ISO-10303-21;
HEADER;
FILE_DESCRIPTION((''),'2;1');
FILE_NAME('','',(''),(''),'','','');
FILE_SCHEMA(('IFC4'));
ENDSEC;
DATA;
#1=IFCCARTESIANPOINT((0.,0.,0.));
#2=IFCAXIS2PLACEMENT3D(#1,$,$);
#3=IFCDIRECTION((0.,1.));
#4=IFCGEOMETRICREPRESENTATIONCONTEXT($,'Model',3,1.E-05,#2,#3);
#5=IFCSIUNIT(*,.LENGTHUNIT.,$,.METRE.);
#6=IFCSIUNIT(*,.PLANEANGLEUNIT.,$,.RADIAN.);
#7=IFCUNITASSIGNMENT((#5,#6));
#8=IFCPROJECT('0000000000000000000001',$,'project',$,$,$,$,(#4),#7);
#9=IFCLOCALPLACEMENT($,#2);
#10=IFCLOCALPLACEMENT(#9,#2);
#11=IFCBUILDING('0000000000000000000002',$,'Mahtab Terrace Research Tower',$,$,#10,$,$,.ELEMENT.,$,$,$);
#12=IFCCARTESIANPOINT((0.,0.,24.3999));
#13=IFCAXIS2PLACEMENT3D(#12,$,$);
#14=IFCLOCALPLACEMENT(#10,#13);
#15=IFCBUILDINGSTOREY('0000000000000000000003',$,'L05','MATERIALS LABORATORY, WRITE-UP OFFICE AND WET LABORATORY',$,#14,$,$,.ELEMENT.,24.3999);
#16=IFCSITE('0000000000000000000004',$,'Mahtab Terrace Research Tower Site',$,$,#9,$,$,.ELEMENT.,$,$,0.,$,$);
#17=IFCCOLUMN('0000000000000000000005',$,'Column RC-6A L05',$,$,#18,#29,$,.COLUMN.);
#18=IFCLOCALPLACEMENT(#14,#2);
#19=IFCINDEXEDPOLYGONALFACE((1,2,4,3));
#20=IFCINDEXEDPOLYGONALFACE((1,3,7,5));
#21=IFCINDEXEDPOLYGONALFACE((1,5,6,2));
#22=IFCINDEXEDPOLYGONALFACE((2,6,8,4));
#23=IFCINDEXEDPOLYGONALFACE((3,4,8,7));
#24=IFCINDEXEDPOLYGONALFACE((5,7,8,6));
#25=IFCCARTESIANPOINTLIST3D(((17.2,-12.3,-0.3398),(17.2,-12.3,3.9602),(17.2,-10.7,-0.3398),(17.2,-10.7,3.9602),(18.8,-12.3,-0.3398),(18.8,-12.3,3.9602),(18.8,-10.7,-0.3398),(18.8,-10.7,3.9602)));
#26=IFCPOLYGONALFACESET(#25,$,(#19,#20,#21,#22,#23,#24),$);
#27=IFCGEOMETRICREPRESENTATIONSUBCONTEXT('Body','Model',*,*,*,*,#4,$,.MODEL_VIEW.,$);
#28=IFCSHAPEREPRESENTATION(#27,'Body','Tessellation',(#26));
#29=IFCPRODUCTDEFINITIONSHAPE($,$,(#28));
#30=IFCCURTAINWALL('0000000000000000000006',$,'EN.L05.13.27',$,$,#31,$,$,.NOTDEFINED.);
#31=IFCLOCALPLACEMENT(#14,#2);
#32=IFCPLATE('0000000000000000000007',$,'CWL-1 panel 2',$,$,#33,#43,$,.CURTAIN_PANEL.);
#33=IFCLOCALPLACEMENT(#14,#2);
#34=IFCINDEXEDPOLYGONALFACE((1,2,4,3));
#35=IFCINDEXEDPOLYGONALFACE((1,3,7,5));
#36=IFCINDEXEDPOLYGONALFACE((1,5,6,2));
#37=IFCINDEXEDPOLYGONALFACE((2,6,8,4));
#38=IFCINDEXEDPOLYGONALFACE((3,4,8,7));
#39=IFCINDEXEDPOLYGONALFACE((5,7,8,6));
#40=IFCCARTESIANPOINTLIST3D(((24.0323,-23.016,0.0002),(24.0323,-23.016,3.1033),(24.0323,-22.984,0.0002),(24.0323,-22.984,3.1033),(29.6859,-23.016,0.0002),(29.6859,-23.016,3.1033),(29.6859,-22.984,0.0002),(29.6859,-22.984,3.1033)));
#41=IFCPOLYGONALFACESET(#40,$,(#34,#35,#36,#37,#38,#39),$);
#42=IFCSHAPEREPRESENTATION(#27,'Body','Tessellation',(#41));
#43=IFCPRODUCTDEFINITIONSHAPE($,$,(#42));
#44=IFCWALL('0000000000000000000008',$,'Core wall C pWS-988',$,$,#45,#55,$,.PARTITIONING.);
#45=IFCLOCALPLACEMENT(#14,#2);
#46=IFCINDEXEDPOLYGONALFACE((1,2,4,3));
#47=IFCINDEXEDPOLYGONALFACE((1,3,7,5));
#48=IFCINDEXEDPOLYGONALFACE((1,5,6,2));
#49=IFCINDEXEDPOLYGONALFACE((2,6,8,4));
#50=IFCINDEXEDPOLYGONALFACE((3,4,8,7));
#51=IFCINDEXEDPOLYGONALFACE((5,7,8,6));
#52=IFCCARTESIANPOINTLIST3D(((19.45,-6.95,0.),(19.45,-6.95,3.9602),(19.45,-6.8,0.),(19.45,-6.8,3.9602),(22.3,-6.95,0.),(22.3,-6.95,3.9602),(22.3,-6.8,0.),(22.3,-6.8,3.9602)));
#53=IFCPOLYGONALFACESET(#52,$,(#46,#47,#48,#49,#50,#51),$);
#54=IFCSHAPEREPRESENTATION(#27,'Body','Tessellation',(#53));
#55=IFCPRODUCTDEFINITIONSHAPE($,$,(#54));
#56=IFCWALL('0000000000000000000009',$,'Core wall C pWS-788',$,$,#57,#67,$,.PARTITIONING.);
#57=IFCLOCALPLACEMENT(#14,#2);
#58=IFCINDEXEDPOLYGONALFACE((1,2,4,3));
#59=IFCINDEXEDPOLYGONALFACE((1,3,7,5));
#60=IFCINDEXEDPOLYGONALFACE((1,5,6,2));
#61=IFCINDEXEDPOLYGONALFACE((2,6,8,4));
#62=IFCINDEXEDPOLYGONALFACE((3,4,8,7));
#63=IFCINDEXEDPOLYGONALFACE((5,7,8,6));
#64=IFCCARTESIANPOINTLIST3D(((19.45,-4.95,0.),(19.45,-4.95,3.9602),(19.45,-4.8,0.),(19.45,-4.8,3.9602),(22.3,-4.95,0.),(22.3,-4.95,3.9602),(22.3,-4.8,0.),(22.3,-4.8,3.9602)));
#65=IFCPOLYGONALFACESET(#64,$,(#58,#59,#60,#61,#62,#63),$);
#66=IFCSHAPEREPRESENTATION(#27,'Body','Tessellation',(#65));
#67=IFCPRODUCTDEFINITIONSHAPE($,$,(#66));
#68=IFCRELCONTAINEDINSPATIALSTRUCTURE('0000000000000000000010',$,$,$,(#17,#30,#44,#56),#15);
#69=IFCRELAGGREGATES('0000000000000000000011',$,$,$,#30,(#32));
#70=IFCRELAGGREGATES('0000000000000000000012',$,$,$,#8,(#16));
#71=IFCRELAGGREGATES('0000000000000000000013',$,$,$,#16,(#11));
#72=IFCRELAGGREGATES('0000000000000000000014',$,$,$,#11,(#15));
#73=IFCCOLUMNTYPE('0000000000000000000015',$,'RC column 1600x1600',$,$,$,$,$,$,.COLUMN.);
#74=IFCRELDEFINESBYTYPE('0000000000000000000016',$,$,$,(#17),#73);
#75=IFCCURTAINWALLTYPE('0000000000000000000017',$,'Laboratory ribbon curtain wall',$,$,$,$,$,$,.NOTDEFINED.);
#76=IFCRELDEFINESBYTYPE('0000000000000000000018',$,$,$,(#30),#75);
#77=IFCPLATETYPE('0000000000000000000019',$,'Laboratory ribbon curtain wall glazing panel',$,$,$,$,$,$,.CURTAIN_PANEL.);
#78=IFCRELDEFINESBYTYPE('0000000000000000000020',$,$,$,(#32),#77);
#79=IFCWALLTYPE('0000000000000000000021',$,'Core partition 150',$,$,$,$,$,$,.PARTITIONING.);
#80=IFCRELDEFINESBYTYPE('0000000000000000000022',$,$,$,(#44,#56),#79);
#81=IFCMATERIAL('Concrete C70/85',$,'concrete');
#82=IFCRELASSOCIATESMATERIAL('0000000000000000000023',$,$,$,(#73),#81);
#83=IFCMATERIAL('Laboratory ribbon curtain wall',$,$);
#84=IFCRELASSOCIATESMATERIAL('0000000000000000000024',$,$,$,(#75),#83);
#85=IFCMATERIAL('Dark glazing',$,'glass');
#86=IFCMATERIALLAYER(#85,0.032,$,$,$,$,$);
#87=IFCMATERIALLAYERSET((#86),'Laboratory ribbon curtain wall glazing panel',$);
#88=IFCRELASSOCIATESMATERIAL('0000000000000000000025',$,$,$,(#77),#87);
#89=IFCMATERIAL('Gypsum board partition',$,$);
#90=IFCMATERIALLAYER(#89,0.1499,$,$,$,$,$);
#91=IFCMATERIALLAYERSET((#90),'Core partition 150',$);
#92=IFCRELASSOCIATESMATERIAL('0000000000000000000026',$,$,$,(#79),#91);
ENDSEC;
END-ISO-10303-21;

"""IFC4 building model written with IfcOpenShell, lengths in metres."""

from ifc_helpers import new_model, si_unit, direction, frame, frame_2d, origin, origin_2d, place, context, subcontext, project, spatial, rectangle, extrude, material, layer, layer_set, material_profile, profile_set, type_object, element, aggregate, save


model = new_model("IFC4")

# Units and contexts
model_context = context("Model", 3, precision=1e-05, world=origin(), true_north=direction((0.0, 1.0)))
body_context = subcontext(model_context, "Body", "Model", "MODEL_VIEW")
ifc_project = project(units=[si_unit("LENGTHUNIT", "METRE"), si_unit("PLANEANGLEUNIT", "RADIAN")], contexts=[model_context])

# Site, building, storey
site_placement = place(None, origin())
site = spatial("IfcSite", under=ifc_project, at=site_placement, Name="Mahtab Terrace Research Tower Site", CompositionType="ELEMENT", RefElevation=0.0)
building_placement = place(site_placement, origin())
building = spatial("IfcBuilding", under=site, at=building_placement, Name="Mahtab Terrace Research Tower", CompositionType="ELEMENT")
storey_placement = place(building_placement, frame((0.0, 0.0, 24.3999)))
storey = spatial("IfcBuildingStorey", under=building, at=storey_placement, Name="L05", Description="MATERIALS LABORATORY, WRITE-UP OFFICE AND WET LABORATORY", CompositionType="ELEMENT", Elevation=24.3999)

# Column
ifc_material_1 = material(Name="Concrete C70/85", Category="concrete")
ifc_material_profile = material_profile(ifc_material_1, rectangle(XDim=1.6001, YDim=1.6001, at=origin_2d()), Name="RC column 1600x1600")
ifc_profile_set = profile_set([ifc_material_profile], Name="Concrete C70/85")
column_type = type_object("IfcColumnType", Name="RC column 1600x1600", PredefinedType="COLUMN", material=ifc_profile_set)
column_placement = place(storey_placement, frame((18.0, -11.5, -0.3398), z_axis=(0.0, 0.0, 1.0), x_axis=(1.0, 0.0, 0.0)))
element("IfcColumn", 1, at=column_placement, inside=storey, type_object=column_type, Name="Column RC-6A L05", PredefinedType="COLUMN", context=body_context, shape_type="SweptSolid", body=[
    extrude(rectangle(XDim=1.6001, YDim=1.6001, at=origin_2d()), origin(), (0.0, 0.0, 1.0), 4.3),
])

# Curtain wall, plate
ifc_material_2 = material(Name="Laboratory ribbon curtain wall")
curtain_wall_type = type_object("IfcCurtainWallType", Name="Laboratory ribbon curtain wall", PredefinedType="NOTDEFINED", material=ifc_material_2)
curtain_wall_placement = place(storey_placement, origin())
curtain_wall = element("IfcCurtainWall", 2, at=curtain_wall_placement, inside=storey, type_object=curtain_wall_type, Name="EN.L05.13.27", PredefinedType="NOTDEFINED")
ifc_material_3 = material(Name="Dark glazing", Category="glass")
ifc_layer_1 = layer(ifc_material_3, 0.032)
ifc_layer_set_1 = layer_set([ifc_layer_1], Name="Laboratory ribbon curtain wall glazing panel")
plate_type = type_object("IfcPlateType", Name="Laboratory ribbon curtain wall glazing panel", PredefinedType="CURTAIN_PANEL", material=ifc_layer_set_1)
plate_placement = place(storey_placement, frame((26.8591, -23.0, 0.0002), z_axis=(0.0, 0.0, 1.0), x_axis=(1.0, 0.0, 0.0)))
plate = element("IfcPlate", 3, at=plate_placement, type_object=plate_type, Name="CWL-1 panel 2", PredefinedType="CURTAIN_PANEL", context=body_context, shape_type="SweptSolid", body=[
    extrude(rectangle(XDim=5.6536, YDim=0.032, at=origin_2d()), origin(), (0.0, 0.0, 1.0), 3.103),
])
aggregate(curtain_wall, [plate])

# Walls
ifc_material_4 = material(Name="Gypsum board partition")
ifc_layer_2 = layer(ifc_material_4, 0.1499)
ifc_layer_set_2 = layer_set([ifc_layer_2], Name="Core partition 150")
wall_type_1 = type_object("IfcWallType", Name="Core partition 150", PredefinedType="PARTITIONING", material=ifc_layer_set_2)
for number, where, z_axis, x_axis, name in (
    (4, (19.45, -6.875, 0.0), (0.0, 0.0, 1.0), (1.0, 0.0, 0.0), "Core wall C pWS-988"),
    (5, (19.45, -4.875, 0.0), (0.0, 0.0, 1.0), (1.0, 0.0, 0.0), "Core wall C pWS-788"),
):
    element("IfcWall", number, at=place(storey_placement, frame(where, z_axis=z_axis, x_axis=x_axis)), inside=storey, type_object=wall_type_1, Name=name, PredefinedType="PARTITIONING", context=body_context, shape_type="SweptSolid", body=[
        extrude(rectangle(XDim=2.8501, YDim=0.1499, at=frame_2d((1.425, 0.0))), origin(), (0.0, 0.0, 1.0), 3.9602),
    ])

save(model, "model.ifc")
